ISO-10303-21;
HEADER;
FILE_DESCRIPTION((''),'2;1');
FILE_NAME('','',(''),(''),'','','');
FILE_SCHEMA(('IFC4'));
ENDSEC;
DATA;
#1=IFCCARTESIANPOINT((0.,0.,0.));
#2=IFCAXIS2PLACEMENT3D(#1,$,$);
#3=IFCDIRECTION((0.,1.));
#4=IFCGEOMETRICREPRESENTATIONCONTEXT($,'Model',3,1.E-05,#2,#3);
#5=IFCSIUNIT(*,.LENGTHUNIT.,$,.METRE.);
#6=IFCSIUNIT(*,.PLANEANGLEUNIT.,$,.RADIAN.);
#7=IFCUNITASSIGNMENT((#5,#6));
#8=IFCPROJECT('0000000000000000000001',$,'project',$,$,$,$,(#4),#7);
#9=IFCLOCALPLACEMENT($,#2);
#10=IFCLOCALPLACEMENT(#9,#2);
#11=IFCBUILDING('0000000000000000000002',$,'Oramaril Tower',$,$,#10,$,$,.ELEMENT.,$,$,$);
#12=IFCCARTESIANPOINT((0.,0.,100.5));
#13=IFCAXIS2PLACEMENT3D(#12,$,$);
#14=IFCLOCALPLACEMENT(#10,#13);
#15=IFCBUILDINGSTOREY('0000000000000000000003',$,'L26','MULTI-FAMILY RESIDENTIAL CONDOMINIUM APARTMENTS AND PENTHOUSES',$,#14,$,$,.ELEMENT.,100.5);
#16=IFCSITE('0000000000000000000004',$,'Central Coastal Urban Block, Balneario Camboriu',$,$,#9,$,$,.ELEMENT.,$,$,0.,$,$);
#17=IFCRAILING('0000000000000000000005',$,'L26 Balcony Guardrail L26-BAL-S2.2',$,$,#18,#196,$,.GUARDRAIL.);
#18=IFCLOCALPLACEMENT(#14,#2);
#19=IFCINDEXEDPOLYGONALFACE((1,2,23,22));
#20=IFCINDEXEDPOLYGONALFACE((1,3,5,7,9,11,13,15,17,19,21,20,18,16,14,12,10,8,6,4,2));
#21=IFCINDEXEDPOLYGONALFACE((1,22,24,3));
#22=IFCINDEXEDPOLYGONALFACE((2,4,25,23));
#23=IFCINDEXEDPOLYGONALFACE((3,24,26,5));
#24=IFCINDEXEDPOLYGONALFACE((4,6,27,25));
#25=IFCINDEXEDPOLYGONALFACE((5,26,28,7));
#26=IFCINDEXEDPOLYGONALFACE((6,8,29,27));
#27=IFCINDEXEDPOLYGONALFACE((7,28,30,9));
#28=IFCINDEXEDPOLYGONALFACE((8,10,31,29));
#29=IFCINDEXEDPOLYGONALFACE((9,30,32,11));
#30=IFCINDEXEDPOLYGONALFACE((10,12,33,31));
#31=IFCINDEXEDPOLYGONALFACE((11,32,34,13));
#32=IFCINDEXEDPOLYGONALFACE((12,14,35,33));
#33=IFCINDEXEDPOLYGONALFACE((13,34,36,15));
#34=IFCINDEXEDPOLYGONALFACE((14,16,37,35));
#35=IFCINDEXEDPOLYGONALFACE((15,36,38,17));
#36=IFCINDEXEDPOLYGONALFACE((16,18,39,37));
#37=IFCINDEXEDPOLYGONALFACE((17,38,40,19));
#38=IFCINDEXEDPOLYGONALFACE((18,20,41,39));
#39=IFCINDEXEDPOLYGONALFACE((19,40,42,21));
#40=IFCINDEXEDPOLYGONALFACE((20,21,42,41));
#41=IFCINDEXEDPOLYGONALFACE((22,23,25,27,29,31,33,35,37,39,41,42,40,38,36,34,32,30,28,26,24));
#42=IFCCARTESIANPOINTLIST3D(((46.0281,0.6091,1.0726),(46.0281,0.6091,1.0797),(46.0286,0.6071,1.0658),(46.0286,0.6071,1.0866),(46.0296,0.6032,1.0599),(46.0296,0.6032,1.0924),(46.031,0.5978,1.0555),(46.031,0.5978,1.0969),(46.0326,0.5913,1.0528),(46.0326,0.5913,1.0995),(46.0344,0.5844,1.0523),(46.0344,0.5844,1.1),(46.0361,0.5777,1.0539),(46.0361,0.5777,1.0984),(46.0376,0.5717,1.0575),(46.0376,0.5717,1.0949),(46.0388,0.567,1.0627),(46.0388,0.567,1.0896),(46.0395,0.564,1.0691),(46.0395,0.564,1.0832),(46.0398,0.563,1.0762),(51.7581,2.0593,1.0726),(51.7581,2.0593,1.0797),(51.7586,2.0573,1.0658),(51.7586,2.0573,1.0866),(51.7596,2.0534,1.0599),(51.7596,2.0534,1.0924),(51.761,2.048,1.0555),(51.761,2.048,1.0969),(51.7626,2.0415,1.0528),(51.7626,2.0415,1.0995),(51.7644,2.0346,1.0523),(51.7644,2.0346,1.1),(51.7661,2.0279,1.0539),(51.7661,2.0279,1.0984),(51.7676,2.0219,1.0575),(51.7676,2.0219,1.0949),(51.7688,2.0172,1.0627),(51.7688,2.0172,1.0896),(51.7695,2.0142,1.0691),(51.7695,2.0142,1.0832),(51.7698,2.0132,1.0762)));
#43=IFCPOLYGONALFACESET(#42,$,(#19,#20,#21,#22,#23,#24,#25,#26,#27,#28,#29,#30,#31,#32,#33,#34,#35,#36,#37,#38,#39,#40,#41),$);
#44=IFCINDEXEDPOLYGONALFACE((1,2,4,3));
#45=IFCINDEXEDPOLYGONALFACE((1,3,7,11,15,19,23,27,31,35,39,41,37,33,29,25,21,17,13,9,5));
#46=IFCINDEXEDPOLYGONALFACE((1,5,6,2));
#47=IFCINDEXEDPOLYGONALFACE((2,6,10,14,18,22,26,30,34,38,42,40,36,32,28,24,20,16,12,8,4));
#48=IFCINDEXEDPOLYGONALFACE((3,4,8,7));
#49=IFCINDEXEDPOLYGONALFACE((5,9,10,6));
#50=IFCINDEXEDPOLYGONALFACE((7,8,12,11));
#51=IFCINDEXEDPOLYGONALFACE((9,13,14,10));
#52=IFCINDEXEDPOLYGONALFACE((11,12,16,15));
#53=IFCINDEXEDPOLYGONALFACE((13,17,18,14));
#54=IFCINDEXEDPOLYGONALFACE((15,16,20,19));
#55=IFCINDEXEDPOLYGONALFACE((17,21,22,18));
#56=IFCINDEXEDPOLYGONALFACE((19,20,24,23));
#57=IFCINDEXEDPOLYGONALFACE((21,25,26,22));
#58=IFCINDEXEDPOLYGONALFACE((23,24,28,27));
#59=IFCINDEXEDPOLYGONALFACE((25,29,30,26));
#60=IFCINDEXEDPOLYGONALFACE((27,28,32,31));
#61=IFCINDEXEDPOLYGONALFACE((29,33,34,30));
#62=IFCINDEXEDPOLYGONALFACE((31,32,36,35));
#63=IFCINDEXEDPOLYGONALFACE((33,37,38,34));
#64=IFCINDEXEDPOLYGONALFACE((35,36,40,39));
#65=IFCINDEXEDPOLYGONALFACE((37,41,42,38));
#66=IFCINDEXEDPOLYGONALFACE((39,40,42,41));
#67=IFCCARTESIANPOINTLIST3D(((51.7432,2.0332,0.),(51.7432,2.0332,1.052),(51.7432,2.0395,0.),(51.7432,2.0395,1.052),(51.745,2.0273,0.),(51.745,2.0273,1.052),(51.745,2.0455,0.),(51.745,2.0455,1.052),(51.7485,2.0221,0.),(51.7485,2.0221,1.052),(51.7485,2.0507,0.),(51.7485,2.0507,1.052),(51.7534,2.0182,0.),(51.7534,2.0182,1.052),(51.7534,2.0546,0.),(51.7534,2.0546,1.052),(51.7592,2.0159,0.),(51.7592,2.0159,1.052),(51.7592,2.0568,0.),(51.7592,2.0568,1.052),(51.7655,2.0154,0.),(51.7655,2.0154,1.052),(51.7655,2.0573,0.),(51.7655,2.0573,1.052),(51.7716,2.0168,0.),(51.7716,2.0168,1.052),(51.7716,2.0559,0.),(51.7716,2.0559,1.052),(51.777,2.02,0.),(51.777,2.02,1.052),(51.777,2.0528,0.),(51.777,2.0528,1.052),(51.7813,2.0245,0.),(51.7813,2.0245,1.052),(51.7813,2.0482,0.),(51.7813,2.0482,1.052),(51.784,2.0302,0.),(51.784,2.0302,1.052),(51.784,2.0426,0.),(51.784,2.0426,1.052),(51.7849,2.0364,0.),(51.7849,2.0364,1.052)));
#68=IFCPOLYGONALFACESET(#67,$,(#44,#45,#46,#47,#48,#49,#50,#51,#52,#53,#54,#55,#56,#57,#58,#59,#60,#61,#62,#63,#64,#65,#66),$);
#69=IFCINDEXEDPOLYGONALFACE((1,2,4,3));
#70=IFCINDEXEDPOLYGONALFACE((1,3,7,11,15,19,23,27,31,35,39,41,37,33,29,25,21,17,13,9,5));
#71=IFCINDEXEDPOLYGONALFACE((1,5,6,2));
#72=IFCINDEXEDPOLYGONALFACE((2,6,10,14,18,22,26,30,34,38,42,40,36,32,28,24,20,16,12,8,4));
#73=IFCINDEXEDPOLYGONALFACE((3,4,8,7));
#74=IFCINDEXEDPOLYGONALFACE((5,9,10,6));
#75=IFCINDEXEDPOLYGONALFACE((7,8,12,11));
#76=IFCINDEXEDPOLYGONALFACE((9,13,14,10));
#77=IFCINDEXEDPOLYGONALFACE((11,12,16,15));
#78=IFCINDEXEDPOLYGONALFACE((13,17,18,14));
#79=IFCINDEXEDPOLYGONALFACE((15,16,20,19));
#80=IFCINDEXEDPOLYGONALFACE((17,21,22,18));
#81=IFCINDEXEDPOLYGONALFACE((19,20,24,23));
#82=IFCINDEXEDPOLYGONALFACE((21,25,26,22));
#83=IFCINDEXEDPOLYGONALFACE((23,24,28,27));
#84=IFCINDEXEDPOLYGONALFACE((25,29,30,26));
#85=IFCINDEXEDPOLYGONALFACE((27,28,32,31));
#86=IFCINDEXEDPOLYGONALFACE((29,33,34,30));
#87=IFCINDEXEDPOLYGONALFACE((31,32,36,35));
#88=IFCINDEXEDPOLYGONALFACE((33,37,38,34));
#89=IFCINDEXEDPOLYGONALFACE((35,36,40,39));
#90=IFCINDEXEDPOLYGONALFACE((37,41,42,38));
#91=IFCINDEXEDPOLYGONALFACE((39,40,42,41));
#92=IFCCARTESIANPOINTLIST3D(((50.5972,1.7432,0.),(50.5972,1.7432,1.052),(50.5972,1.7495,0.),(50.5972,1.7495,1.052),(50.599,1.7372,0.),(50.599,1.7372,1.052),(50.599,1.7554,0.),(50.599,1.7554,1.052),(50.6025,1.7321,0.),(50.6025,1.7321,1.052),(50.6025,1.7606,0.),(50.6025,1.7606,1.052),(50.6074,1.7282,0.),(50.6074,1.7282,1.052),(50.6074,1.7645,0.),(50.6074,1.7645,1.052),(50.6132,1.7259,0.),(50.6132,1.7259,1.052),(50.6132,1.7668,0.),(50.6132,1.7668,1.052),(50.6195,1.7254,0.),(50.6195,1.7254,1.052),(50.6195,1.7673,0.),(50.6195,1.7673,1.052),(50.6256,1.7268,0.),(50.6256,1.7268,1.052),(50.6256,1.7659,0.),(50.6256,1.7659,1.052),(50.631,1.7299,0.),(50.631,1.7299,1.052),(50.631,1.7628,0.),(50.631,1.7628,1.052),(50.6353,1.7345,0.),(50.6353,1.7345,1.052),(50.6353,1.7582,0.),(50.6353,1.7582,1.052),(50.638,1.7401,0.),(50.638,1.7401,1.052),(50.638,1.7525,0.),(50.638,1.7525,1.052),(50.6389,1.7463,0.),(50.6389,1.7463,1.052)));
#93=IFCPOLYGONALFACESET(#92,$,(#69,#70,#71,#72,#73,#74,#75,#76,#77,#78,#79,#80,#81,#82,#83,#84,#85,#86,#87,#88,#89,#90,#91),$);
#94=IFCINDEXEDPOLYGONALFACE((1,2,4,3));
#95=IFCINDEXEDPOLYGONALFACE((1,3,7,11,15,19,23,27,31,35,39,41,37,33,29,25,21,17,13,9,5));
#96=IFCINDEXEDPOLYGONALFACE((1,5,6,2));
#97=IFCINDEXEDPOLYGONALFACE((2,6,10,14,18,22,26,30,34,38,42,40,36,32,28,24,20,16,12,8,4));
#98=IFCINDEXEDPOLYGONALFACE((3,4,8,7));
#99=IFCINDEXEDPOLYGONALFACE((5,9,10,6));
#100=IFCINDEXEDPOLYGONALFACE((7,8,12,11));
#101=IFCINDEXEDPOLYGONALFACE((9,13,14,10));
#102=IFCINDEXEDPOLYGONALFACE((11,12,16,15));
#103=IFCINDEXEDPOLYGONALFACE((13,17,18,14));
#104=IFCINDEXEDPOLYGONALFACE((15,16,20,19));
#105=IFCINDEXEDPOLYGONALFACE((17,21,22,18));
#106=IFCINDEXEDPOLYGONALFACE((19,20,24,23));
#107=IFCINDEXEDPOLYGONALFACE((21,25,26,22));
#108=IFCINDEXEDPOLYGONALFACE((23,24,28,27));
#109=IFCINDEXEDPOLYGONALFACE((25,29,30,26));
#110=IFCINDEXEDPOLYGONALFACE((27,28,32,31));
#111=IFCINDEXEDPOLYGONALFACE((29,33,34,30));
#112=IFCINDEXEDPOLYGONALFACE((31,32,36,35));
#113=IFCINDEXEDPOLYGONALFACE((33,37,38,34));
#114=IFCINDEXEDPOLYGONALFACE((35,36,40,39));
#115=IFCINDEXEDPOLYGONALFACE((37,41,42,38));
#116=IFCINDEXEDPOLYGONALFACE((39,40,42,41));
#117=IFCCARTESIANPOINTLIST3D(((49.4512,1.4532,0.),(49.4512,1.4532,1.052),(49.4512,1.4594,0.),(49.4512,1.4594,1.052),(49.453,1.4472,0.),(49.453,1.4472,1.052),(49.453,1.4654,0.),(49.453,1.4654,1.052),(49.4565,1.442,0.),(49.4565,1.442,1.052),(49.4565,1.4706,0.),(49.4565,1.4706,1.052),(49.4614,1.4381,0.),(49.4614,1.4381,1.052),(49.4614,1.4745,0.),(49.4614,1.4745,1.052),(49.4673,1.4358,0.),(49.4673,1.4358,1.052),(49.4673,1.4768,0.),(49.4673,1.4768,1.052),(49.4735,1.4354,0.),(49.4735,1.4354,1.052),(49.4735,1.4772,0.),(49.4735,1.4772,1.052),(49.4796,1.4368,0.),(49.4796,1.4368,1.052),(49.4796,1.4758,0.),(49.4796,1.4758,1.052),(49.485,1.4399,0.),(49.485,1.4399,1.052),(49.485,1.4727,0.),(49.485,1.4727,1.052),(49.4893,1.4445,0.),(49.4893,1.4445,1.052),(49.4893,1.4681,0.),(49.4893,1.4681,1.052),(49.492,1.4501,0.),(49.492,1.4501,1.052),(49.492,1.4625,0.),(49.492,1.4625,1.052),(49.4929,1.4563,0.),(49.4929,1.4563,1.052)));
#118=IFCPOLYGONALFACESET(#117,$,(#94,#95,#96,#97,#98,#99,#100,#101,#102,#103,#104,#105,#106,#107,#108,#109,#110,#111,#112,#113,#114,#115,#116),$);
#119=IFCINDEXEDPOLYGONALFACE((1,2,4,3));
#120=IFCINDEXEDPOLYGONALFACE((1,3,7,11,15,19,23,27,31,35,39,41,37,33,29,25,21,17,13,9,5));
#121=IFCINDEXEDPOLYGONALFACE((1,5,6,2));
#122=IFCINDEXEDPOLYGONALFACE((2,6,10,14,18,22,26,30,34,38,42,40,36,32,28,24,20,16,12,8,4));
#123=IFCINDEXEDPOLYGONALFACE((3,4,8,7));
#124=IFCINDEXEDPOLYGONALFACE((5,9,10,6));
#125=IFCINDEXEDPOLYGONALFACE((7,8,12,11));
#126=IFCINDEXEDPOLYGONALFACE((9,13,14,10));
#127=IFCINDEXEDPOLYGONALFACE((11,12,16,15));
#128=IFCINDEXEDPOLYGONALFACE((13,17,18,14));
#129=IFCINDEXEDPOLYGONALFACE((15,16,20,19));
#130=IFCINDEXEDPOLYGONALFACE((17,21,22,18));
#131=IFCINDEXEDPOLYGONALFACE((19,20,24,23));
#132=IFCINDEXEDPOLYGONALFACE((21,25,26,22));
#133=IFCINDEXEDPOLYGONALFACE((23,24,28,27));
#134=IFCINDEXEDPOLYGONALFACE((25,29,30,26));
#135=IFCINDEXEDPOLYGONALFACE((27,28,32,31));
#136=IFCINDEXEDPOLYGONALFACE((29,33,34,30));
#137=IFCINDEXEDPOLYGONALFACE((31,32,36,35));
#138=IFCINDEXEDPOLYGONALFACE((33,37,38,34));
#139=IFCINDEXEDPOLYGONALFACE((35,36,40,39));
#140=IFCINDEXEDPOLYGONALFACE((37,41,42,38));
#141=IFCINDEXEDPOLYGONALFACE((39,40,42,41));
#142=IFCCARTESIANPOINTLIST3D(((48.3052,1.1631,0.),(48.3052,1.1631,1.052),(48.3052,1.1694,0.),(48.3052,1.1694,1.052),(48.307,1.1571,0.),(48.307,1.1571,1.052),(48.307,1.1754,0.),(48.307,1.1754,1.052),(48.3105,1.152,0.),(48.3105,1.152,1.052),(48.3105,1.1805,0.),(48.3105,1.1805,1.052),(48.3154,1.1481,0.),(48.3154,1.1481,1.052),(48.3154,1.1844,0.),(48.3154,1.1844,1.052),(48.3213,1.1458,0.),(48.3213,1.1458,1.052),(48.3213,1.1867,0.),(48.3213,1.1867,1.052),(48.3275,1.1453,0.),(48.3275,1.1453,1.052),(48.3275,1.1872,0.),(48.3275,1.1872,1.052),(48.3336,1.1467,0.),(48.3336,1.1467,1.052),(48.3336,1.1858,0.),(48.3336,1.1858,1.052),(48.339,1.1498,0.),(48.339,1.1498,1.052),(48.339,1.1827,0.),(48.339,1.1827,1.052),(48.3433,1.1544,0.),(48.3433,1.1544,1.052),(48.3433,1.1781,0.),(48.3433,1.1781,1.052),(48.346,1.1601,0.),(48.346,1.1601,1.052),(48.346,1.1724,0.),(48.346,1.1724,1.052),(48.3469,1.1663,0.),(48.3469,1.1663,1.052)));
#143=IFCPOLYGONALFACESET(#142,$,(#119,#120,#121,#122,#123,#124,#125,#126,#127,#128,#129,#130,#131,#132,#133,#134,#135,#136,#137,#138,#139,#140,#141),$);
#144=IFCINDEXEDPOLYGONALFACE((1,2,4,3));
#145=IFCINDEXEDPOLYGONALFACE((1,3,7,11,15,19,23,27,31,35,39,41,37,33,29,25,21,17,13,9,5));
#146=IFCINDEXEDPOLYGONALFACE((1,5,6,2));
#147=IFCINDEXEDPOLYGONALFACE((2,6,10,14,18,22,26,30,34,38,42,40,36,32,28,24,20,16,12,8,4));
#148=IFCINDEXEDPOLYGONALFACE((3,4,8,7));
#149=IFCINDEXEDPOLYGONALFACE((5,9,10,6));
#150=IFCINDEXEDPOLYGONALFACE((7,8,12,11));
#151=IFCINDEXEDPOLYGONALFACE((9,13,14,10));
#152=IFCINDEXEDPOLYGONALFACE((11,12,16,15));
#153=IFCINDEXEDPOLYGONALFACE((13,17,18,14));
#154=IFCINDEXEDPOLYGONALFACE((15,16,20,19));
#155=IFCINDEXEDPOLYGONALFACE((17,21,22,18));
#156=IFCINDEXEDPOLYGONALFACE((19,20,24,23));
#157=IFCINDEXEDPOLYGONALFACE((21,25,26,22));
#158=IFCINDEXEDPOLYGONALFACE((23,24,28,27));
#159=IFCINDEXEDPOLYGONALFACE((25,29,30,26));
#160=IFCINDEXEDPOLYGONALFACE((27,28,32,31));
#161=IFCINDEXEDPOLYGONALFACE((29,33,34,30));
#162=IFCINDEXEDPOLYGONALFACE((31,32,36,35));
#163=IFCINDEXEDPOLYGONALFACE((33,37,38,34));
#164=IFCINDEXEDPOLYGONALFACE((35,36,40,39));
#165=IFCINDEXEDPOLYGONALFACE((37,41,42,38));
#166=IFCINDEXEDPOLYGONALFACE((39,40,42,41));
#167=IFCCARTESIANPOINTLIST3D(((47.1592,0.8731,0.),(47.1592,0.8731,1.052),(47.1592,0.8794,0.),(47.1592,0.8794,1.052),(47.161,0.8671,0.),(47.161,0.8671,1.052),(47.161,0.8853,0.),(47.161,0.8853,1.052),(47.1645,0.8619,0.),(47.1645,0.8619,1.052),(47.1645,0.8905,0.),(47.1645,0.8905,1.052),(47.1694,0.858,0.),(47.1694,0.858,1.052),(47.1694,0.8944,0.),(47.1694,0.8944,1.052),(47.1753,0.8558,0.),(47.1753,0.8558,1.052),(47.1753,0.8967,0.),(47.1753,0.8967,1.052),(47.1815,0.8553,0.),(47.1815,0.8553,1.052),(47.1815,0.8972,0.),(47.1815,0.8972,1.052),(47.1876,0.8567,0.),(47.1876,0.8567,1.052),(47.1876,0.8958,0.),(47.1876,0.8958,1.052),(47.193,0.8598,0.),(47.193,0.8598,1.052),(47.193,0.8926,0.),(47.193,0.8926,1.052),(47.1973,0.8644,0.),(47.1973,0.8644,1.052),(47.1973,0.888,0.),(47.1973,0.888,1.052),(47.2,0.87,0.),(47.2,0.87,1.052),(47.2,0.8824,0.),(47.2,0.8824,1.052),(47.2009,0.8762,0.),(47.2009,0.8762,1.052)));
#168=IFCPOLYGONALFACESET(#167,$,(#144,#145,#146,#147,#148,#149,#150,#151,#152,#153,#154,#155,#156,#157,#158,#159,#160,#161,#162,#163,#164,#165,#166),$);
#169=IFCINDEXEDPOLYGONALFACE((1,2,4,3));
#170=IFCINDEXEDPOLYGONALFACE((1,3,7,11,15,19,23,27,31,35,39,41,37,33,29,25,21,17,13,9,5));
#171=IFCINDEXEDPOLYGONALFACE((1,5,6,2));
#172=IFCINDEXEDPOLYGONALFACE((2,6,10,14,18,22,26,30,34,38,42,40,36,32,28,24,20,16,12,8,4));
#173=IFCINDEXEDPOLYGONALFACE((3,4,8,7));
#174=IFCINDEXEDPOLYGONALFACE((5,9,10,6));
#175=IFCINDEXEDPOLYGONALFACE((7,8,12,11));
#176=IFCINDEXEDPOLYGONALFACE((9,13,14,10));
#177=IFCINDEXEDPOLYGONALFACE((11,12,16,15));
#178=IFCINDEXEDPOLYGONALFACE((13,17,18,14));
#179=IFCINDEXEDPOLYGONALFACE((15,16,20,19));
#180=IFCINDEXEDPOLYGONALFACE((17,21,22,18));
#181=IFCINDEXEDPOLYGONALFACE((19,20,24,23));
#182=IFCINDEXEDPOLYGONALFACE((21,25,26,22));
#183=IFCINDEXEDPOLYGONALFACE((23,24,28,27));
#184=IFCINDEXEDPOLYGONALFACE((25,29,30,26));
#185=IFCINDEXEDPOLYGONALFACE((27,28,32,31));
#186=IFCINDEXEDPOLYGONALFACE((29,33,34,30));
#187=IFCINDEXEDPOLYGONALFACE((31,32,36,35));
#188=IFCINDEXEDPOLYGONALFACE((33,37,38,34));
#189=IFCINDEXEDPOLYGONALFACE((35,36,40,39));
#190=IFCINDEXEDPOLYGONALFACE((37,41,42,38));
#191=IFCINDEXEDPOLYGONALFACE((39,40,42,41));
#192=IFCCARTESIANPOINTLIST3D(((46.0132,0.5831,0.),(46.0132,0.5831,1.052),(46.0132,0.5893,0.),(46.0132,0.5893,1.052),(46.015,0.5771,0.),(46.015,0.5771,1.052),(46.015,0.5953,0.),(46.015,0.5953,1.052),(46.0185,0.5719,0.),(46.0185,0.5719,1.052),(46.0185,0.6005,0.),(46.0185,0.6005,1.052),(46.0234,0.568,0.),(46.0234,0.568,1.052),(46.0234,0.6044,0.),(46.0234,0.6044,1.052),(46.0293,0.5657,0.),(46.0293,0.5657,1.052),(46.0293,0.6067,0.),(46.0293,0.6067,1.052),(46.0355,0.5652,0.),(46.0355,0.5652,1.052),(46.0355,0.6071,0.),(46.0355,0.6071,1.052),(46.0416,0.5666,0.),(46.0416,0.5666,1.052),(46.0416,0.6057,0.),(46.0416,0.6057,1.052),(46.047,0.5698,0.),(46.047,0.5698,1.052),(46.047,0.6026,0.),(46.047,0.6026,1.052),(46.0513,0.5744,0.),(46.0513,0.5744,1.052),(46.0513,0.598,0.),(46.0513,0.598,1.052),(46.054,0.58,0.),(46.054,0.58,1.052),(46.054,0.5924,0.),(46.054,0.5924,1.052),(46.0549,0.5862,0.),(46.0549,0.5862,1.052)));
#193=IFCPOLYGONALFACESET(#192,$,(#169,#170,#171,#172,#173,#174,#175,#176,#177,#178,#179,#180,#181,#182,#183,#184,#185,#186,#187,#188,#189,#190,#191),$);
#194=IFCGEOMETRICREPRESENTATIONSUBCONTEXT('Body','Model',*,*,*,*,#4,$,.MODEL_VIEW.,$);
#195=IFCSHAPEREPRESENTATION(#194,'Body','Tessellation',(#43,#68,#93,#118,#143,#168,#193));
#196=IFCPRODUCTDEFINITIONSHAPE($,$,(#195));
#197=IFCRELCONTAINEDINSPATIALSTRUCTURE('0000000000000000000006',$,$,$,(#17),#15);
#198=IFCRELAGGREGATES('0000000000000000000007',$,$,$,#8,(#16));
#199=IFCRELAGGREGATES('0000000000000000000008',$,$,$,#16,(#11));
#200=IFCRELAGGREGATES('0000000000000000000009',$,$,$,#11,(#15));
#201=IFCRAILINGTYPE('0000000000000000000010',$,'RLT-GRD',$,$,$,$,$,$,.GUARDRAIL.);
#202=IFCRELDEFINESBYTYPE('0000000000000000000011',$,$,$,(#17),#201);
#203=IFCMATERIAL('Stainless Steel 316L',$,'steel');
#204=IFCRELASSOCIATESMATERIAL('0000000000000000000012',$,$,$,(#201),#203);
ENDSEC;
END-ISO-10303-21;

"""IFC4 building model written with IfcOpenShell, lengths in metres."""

from ifc_helpers import new_model, si_unit, direction, frame, origin, origin_2d, place, context, subcontext, project, spatial, circle, extrude, material, type_object, element, save


model = new_model("IFC4")

# Units and contexts
model_context = context("Model", 3, precision=1e-05, world=origin(), true_north=direction((0.0, 1.0)))
body_context = subcontext(model_context, "Body", "Model", "MODEL_VIEW")
ifc_project = project(units=[si_unit("LENGTHUNIT", "METRE"), si_unit("PLANEANGLEUNIT", "RADIAN")], contexts=[model_context])

# Site, building, storey
site_placement = place(None, origin())
site = spatial("IfcSite", under=ifc_project, at=site_placement, Name="Central Coastal Urban Block, Balneario Camboriu", CompositionType="ELEMENT", RefElevation=0.0)
building_placement = place(site_placement, origin())
building = spatial("IfcBuilding", under=site, at=building_placement, Name="Oramaril Tower", CompositionType="ELEMENT")
storey_placement = place(building_placement, frame((0.0, 0.0, 100.5)))
storey = spatial("IfcBuildingStorey", under=building, at=storey_placement, Name="L26", Description="MULTI-FAMILY RESIDENTIAL CONDOMINIUM APARTMENTS AND PENTHOUSES", CompositionType="ELEMENT", Elevation=100.5)

# Railing
ifc_material_1 = material(Name="Stainless Steel 316L", Category="steel")
railing_type = type_object("IfcRailingType", Name="RLT-GRD", PredefinedType="GUARDRAIL", material=ifc_material_1)
railing_1_placement = place(storey_placement, frame((51.7639, 2.0364, 0.0)))
element("IfcRailing", 1, at=railing_1_placement, inside=storey, type_object=railing_type, Name="L26 Balcony Guardrail L26-BAL-S2.2", PredefinedType="GUARDRAIL", context=body_context, shape_type="SweptSolid", body=[
    extrude(circle(Radius=0.0239, at=origin_2d()), frame((0.0, 0.0, 1.0762), z_axis=(-0.969434, -0.245353, 0.0), x_axis=(0.245353, -0.969434, 0.0)), (0.0, 0.0, 1.0), 5.9106),
    extrude(circle(Radius=0.021, at=origin_2d()), origin(), (0.0, 0.0, 1.0), 1.052),
    extrude(circle(Radius=0.021, at=origin_2d()), frame((-1.146, -0.29, 0.0)), (0.0, 0.0, 1.0), 1.052),
    extrude(circle(Radius=0.021, at=origin_2d()), frame((-2.292, -0.5801, 0.0)), (0.0, 0.0, 1.0), 1.052),
    extrude(circle(Radius=0.021, at=origin_2d()), frame((-3.438, -0.8701, 0.0)), (0.0, 0.0, 1.0), 1.052),
    extrude(circle(Radius=0.021, at=origin_2d()), frame((-4.584, -1.1602, 0.0)), (0.0, 0.0, 1.0), 1.052),
    extrude(circle(Radius=0.021, at=origin_2d()), frame((-5.73, -1.4502, 0.0)), (0.0, 0.0, 1.0), 1.052),
])

save(model, "model.ifc")
